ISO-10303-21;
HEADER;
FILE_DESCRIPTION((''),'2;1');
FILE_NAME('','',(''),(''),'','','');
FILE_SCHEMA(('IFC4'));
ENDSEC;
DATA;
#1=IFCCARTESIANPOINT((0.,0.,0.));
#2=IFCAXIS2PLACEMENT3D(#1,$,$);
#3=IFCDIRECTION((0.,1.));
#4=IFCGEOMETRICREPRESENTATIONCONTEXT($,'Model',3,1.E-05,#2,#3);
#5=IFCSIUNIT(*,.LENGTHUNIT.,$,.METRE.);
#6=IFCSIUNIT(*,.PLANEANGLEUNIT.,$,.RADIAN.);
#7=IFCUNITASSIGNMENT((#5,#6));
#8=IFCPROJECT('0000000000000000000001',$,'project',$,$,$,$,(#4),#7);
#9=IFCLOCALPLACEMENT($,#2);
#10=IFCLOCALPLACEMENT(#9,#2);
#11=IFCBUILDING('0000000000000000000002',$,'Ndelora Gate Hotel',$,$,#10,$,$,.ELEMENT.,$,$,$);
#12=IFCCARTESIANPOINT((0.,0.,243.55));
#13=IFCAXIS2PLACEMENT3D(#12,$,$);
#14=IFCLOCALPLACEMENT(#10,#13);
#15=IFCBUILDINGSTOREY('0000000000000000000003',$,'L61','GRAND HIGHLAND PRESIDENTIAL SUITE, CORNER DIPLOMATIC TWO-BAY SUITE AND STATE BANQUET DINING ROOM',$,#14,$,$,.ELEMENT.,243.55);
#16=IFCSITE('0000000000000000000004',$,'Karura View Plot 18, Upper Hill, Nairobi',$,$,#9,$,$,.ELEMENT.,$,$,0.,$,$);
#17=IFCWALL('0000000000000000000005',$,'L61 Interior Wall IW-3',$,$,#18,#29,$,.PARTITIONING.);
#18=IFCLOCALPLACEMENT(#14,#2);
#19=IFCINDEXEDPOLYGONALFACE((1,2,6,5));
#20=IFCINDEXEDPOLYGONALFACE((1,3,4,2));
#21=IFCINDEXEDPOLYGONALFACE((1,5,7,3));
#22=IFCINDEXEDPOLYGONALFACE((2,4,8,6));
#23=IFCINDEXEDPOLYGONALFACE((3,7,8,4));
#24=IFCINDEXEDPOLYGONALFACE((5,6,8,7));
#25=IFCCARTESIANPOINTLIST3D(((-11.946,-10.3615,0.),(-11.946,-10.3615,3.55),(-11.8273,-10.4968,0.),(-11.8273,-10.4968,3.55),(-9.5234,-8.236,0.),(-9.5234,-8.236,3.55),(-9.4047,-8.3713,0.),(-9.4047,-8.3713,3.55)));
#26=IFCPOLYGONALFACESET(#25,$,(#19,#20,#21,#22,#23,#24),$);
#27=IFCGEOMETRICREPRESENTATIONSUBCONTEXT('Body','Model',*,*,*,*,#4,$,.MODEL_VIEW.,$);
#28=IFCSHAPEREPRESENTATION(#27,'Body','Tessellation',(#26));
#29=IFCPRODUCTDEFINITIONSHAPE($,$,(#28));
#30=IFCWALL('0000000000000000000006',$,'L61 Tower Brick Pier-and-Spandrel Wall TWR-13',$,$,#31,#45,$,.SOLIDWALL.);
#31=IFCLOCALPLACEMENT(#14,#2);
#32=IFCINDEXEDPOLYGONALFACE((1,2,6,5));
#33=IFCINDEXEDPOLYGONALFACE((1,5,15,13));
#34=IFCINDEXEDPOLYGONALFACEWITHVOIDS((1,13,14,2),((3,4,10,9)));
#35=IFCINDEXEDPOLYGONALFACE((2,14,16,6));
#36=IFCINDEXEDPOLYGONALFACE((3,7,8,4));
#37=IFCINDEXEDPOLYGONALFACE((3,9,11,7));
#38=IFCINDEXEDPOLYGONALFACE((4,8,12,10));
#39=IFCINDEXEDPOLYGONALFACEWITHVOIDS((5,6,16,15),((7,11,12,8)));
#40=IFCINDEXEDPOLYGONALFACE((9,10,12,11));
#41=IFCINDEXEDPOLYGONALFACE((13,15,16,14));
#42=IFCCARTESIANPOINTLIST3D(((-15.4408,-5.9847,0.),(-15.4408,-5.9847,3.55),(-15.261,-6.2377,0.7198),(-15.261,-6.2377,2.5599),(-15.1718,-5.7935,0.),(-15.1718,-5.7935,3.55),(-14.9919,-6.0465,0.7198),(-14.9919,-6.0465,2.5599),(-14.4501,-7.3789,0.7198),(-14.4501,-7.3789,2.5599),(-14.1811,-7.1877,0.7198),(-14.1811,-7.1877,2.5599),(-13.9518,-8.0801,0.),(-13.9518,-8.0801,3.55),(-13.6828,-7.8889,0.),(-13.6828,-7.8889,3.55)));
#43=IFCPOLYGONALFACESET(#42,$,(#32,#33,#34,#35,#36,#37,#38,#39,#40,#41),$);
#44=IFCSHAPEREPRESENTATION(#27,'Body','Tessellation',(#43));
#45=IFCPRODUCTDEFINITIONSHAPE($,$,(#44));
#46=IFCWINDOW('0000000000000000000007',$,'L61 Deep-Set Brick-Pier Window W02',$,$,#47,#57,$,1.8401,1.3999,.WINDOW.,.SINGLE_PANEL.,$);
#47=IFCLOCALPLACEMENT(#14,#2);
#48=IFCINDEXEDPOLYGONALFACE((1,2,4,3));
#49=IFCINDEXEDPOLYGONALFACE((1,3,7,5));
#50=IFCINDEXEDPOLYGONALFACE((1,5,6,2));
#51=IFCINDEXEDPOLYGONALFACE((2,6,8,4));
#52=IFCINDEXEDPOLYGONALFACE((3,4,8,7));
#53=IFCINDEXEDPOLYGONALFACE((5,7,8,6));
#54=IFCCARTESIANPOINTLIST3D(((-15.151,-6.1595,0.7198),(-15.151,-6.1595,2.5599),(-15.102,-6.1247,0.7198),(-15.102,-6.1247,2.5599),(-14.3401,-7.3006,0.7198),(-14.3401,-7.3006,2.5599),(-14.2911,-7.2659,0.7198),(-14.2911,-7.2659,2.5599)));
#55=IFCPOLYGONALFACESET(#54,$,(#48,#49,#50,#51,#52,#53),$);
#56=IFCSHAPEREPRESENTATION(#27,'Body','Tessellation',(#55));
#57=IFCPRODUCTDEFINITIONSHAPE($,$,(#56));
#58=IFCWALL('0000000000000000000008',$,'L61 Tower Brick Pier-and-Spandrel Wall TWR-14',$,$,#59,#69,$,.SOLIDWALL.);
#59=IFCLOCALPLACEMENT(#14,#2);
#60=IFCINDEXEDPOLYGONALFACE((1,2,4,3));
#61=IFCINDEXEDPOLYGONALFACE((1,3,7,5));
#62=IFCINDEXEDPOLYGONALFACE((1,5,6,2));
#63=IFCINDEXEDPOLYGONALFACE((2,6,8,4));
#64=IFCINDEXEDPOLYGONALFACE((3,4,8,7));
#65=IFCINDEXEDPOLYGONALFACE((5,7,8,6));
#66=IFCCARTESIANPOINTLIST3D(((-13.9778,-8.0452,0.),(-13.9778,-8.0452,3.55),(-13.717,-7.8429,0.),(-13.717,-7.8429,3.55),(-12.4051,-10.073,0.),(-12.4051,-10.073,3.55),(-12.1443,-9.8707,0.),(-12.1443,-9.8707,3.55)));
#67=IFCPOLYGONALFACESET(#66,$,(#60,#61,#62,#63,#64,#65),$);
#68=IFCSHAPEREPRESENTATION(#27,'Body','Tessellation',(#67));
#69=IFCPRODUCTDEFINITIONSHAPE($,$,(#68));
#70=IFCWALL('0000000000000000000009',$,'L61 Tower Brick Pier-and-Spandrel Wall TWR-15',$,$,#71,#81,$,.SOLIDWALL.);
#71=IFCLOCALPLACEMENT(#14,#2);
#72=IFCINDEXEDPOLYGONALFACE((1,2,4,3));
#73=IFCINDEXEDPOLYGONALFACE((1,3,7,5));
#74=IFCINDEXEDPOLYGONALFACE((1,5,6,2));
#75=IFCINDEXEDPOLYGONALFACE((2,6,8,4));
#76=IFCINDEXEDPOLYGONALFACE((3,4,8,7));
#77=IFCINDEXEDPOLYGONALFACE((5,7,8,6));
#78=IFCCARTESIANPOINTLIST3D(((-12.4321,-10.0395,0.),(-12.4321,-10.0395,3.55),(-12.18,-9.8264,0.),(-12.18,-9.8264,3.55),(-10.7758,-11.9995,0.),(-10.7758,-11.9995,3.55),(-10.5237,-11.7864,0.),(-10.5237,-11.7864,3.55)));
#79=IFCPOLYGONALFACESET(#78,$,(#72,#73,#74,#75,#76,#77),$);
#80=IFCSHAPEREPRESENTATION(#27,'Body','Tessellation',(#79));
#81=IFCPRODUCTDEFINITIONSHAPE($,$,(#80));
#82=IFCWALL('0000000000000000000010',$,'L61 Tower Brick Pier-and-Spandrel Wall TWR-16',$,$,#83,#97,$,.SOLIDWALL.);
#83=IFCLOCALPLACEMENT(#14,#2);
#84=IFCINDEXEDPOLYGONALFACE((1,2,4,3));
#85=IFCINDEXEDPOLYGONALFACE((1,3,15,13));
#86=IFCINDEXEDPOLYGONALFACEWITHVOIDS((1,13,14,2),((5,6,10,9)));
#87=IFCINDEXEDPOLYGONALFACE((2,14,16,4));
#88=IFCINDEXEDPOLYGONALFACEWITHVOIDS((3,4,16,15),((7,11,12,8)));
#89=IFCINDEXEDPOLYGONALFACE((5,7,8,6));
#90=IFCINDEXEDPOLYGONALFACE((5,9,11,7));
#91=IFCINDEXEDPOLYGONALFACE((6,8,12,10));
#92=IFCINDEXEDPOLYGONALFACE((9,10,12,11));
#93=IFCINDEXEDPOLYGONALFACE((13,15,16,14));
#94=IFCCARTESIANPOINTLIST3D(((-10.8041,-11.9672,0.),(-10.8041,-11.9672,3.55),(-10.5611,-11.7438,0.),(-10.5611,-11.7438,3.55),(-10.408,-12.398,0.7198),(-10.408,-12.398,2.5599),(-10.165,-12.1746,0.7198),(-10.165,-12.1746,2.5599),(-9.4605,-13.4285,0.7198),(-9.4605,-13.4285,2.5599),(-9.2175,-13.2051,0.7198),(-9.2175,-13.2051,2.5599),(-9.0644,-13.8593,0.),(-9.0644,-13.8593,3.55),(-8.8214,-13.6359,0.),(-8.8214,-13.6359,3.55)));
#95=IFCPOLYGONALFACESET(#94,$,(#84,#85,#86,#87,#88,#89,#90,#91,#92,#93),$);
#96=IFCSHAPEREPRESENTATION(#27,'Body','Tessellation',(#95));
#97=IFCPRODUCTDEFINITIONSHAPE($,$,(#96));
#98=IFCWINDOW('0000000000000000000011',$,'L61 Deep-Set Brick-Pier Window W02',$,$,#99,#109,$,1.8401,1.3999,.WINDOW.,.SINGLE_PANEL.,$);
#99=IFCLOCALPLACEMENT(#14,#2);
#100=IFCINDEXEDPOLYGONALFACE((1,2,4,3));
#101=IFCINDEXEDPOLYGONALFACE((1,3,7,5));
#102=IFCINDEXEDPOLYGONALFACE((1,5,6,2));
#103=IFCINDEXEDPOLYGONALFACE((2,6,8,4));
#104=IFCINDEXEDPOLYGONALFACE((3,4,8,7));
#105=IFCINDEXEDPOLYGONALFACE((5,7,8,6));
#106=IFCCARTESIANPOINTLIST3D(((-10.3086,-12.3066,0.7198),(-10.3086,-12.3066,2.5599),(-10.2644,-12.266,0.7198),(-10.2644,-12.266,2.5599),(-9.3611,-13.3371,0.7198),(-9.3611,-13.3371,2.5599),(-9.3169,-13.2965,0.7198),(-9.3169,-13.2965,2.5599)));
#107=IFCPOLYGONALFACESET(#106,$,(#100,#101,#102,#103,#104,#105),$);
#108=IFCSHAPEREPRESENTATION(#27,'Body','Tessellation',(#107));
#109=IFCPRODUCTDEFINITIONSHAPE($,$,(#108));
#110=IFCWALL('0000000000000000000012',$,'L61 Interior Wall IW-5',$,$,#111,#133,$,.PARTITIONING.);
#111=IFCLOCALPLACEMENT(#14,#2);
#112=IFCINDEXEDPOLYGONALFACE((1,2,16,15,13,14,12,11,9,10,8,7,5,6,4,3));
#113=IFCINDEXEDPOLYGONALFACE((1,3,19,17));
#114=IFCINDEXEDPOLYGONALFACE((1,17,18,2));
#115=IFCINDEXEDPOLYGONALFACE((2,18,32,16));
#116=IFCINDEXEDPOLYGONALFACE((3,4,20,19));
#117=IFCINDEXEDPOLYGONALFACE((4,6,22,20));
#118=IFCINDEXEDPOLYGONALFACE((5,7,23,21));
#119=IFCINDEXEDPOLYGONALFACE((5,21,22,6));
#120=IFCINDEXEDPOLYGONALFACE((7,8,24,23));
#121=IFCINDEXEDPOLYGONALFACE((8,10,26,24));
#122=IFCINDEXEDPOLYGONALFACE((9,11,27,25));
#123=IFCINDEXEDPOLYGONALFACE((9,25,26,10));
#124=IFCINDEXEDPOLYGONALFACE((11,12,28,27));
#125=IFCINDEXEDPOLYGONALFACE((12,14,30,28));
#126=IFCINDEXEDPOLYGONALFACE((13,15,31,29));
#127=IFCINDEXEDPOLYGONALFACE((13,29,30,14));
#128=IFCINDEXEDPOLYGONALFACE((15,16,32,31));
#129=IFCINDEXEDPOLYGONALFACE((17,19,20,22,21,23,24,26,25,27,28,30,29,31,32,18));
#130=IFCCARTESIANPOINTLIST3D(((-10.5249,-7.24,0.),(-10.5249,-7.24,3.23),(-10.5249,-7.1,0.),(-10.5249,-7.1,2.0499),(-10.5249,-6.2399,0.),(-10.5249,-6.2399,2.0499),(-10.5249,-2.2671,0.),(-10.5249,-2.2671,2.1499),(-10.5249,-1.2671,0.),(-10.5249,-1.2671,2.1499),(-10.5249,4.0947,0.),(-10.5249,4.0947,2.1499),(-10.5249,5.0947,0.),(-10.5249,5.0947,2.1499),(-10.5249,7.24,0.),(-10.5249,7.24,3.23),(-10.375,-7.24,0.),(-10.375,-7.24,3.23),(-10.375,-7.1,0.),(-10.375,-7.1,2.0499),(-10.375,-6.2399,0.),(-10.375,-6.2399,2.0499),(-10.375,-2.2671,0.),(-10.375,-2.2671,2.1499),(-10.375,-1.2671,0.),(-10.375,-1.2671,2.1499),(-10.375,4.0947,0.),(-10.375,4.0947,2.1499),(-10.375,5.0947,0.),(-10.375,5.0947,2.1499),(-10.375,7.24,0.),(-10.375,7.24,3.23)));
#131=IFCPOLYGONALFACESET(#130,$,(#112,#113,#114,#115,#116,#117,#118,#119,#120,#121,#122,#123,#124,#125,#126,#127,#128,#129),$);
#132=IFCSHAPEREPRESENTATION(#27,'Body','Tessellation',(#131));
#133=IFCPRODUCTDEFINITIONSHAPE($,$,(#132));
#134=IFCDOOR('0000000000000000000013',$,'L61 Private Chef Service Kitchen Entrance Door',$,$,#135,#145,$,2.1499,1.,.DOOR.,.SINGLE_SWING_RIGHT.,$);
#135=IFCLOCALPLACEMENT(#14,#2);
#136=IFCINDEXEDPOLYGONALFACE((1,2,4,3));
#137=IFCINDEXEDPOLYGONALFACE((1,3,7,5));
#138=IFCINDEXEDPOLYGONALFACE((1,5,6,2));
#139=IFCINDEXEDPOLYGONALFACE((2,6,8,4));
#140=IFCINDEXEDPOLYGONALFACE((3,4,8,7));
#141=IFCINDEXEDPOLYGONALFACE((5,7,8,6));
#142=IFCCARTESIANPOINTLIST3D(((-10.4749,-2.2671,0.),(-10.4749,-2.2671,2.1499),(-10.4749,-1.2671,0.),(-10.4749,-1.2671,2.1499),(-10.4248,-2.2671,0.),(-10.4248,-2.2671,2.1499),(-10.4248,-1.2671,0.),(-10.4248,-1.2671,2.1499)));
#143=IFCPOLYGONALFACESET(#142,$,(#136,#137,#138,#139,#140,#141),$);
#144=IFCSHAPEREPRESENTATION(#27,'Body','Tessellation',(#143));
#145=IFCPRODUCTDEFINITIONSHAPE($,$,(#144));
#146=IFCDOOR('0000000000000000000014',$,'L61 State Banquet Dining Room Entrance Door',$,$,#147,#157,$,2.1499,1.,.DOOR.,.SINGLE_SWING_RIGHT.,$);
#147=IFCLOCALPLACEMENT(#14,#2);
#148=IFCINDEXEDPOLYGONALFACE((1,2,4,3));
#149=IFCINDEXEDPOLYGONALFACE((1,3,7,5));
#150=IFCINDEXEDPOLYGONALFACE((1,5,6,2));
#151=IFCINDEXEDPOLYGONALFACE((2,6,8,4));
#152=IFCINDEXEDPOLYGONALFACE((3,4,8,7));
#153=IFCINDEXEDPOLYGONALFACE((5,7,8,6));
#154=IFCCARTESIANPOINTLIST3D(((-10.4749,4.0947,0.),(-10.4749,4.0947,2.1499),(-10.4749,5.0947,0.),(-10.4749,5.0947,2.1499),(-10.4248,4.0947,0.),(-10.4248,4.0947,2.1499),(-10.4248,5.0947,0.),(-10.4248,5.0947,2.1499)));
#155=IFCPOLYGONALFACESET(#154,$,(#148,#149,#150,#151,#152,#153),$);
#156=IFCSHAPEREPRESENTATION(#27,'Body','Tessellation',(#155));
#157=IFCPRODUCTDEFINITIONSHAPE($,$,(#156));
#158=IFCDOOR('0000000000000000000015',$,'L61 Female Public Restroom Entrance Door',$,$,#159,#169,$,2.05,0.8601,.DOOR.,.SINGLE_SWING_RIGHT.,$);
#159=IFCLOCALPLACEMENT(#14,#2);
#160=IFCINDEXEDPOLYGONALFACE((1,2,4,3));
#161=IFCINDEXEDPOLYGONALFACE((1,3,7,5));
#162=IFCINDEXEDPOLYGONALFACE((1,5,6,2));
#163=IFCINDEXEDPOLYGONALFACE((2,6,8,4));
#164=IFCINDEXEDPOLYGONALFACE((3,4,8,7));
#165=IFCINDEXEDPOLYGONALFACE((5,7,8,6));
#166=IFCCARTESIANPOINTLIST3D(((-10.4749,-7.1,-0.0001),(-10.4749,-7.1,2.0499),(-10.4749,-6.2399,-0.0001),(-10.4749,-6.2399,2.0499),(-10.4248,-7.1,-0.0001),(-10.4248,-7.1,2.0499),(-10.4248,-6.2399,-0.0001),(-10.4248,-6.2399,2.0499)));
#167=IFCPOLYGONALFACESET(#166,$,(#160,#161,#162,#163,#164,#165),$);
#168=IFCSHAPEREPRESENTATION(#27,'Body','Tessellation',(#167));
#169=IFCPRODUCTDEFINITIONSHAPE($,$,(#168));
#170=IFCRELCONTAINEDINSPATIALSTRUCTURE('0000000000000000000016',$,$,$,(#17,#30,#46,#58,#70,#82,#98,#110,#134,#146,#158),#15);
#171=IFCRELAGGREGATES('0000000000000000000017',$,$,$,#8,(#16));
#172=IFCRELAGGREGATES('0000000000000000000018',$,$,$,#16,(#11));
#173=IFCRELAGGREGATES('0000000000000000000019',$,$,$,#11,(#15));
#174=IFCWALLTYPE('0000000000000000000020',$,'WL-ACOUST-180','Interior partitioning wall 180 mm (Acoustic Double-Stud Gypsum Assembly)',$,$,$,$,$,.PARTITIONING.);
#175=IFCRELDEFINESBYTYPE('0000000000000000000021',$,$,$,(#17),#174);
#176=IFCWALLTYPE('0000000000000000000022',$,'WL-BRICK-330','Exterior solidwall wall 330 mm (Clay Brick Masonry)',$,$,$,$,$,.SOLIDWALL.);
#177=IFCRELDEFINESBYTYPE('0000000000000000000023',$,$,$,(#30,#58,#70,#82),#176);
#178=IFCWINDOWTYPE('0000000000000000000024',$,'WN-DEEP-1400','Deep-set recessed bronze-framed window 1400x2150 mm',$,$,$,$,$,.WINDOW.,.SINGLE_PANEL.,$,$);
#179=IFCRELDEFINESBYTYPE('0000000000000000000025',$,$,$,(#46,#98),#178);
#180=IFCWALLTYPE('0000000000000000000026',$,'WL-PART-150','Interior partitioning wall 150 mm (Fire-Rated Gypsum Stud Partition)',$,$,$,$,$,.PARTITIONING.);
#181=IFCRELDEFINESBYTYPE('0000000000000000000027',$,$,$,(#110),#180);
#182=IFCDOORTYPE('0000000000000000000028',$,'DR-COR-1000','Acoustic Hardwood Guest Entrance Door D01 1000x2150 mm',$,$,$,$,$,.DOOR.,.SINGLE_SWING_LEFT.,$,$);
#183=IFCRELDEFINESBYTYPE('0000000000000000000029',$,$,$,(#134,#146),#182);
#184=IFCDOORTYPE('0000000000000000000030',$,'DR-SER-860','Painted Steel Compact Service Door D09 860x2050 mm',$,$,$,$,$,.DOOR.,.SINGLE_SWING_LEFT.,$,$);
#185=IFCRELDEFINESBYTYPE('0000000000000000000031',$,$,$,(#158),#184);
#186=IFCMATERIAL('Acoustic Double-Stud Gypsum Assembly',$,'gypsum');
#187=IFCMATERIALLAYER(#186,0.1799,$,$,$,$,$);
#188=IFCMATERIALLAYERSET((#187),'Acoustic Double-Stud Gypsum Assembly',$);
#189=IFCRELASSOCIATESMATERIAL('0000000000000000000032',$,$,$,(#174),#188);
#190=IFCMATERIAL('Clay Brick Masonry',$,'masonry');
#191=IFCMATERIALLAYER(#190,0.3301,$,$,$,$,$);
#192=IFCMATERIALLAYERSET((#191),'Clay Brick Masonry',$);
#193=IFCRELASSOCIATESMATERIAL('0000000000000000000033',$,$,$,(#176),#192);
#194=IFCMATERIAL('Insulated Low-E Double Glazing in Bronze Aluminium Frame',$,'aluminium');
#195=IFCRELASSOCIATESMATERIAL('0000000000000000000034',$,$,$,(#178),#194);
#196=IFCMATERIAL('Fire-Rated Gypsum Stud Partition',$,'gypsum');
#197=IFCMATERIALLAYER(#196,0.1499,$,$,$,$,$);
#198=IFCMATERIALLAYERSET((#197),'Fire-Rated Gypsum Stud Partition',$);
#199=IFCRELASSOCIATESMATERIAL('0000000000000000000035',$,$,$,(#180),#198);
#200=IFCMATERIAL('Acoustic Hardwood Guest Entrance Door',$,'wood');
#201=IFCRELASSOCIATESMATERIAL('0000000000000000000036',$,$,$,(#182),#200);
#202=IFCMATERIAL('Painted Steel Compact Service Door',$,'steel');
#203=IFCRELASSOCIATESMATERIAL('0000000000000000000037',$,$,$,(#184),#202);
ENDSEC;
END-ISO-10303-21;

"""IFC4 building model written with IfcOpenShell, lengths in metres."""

from ifc_helpers import new_model, si_unit, direction, frame, frame_2d, origin, place, context, subcontext, project, spatial, rectangle, extrude, material, layer, layer_set, type_object, element, fill, save


model = new_model("IFC4")

# Units and contexts
model_context = context("Model", 3, precision=1e-05, world=origin(), true_north=direction((0.0, 1.0)))
body_context = subcontext(model_context, "Body", "Model", "MODEL_VIEW")
ifc_project = project(units=[si_unit("LENGTHUNIT", "METRE"), si_unit("PLANEANGLEUNIT", "RADIAN")], contexts=[model_context])

# Site, building, storey
site_placement = place(None, origin())
site = spatial("IfcSite", under=ifc_project, at=site_placement, Name="Karura View Plot 18, Upper Hill, Nairobi", CompositionType="ELEMENT", RefElevation=0.0)
building_placement = place(site_placement, origin())
building = spatial("IfcBuilding", under=site, at=building_placement, Name="Ndelora Gate Hotel", CompositionType="ELEMENT")
storey_placement = place(building_placement, frame((0.0, 0.0, 243.55)))
storey = spatial("IfcBuildingStorey", under=building, at=storey_placement, Name="L61", Description="GRAND HIGHLAND PRESIDENTIAL SUITE, CORNER DIPLOMATIC TWO-BAY SUITE AND STATE BANQUET DINING ROOM", CompositionType="ELEMENT", Elevation=243.55)

# Wall
ifc_material_1 = material(Name="Acoustic Double-Stud Gypsum Assembly", Category="gypsum")
ifc_layer_1 = layer(ifc_material_1, 0.1799)
ifc_layer_set_1 = layer_set([ifc_layer_1], Name="Acoustic Double-Stud Gypsum Assembly")
wall_type_1 = type_object("IfcWallType", Name="WL-ACOUST-180", Description="Interior partitioning wall 180 mm (Acoustic Double-Stud Gypsum Assembly)", PredefinedType="PARTITIONING", material=ifc_layer_set_1)
wall_1_placement = place(storey_placement, frame((-9.4641, -8.3037, 0.0), z_axis=(0.0, 0.0, 1.0), x_axis=(-0.751698, -0.659507, 0.0)))
element("IfcWall", 1, at=wall_1_placement, inside=storey, type_object=wall_type_1, Name="L61 Interior Wall IW-3", PredefinedType="PARTITIONING", context=body_context, shape_type="SweptSolid", body=[
    extrude(rectangle(XDim=3.2229, YDim=0.1799, at=frame_2d((1.6113, 0.0))), origin(), (0.0, 0.0, 1.0), 3.55),
])

# Wall, opening, window
ifc_material_2 = material(Name="Clay Brick Masonry", Category="masonry")
ifc_layer_2 = layer(ifc_material_2, 0.3301)
ifc_layer_set_2 = layer_set([ifc_layer_2], Name="Clay Brick Masonry")
wall_type_2 = type_object("IfcWallType", Name="WL-BRICK-330", Description="Exterior solidwall wall 330 mm (Clay Brick Masonry)", PredefinedType="SOLIDWALL", material=ifc_layer_set_2)
wall_2_placement = place(storey_placement, frame((-13.8174, -7.9844, 0.0), z_axis=(0.0, 0.0, 1.0), x_axis=(-0.579242, 0.815156, 0.0)))
wall_2 = element("IfcWall", 2, at=wall_2_placement, inside=storey, type_object=wall_type_2, Name="L61 Tower Brick Pier-and-Spandrel Wall TWR-13", PredefinedType="SOLIDWALL", context=body_context, shape_type="SweptSolid", body=[
    extrude(rectangle(XDim=2.5706, YDim=0.3301, at=frame_2d((1.2852, 0.0))), origin(), (0.0, 0.0, 1.0), 3.55),
])
opening_1_placement = place(wall_2_placement, frame((0.8601, 0.0, 0.72)))
opening_1 = element("IfcOpeningElement", 3, at=opening_1_placement, cuts=wall_2, PredefinedType="OPENING", context=body_context, shape_type="SweptSolid", body=[
    extrude(rectangle(XDim=1.3999, YDim=1.8401, at=frame_2d((0.7, 0.9199))), frame((0.0, 0.175, 0.0), z_axis=(0.0, -1.0, 0.0), x_axis=(1.0, 0.0, 0.0)), (0.0, 0.0, 1.0), 0.3501),
])
ifc_material_3 = material(Name="Insulated Low-E Double Glazing in Bronze Aluminium Frame", Category="aluminium")
window_type = type_object("IfcWindowType", Name="WN-DEEP-1400", Description="Deep-set recessed bronze-framed window 1400x2150 mm", PartitioningType="SINGLE_PANEL", PredefinedType="WINDOW", material=ifc_material_3)
window_1_placement = place(opening_1_placement, origin())
window_1 = element("IfcWindow", 4, at=window_1_placement, inside=storey, type_object=window_type, Name="L61 Deep-Set Brick-Pier Window W02", OverallHeight=1.8401, OverallWidth=1.3999, PartitioningType="SINGLE_PANEL", PredefinedType="WINDOW", context=body_context, shape_type="SweptSolid", body=[
    extrude(rectangle(XDim=1.3999, YDim=1.8401, at=frame_2d((0.7, 0.9199))), frame((0.0, 0.03, 0.0), z_axis=(0.0, -1.0, 0.0), x_axis=(1.0, 0.0, 0.0)), (0.0, 0.0, 1.0), 0.0601),
])
fill(opening_1, window_1)

# Walls
for number, where, z_axis, x_axis, name in (
    (5, (-12.2747, -9.9719, 0.0), (0.0, 0.0, 1.0), (-0.61286, 0.790192, 0.0), "L61 Tower Brick Pier-and-Spandrel Wall TWR-14"),
    (6, (-10.6497, -11.8931, 0.0), (0.0, 0.0, 1.0), (-0.645447, 0.763805, 0.0), "L61 Tower Brick Pier-and-Spandrel Wall TWR-15"),
):
    element("IfcWall", number, at=place(storey_placement, frame(where, z_axis=z_axis, x_axis=x_axis)), inside=storey, type_object=wall_type_2, Name=name, PredefinedType="SOLIDWALL", context=body_context, shape_type="SweptSolid", body=[
        extrude(rectangle(XDim=2.5662, YDim=0.3301, at=frame_2d((1.2832, 0.0))), origin(), (0.0, 0.0, 1.0), 3.55),
    ])

# Wall, opening, window
wall_3_placement = place(storey_placement, frame((-8.9429, -13.7476, 0.0), z_axis=(0.0, 0.0, 1.0), x_axis=(-0.676851, 0.73612, 0.0)))
wall_3 = element("IfcWall", 7, at=wall_3_placement, inside=storey, type_object=wall_type_2, Name="L61 Tower Brick Pier-and-Spandrel Wall TWR-16", PredefinedType="SOLIDWALL", context=body_context, shape_type="SweptSolid", body=[
    extrude(rectangle(XDim=2.5703, YDim=0.3301, at=frame_2d((1.2852, 0.0))), origin(), (0.0, 0.0, 1.0), 3.55),
])
opening_2_placement = place(wall_3_placement, frame((0.5852, 0.0, 0.72)))
opening_2 = element("IfcOpeningElement", 8, at=opening_2_placement, cuts=wall_3, PredefinedType="OPENING", context=body_context, shape_type="SweptSolid", body=[
    extrude(rectangle(XDim=1.3999, YDim=1.8401, at=frame_2d((0.7, 0.9199))), frame((0.0, 0.175, 0.0), z_axis=(0.0, -1.0, 0.0), x_axis=(1.0, 0.0, 0.0)), (0.0, 0.0, 1.0), 0.3501),
])
window_2_placement = place(opening_2_placement, origin())
window_2 = element("IfcWindow", 9, at=window_2_placement, inside=storey, type_object=window_type, Name="L61 Deep-Set Brick-Pier Window W02", OverallHeight=1.8401, OverallWidth=1.3999, PartitioningType="SINGLE_PANEL", PredefinedType="WINDOW", context=body_context, shape_type="SweptSolid", body=[
    extrude(rectangle(XDim=1.3999, YDim=1.8401, at=frame_2d((0.7, 0.9199))), frame((0.0, 0.03, 0.0), z_axis=(0.0, -1.0, 0.0), x_axis=(1.0, 0.0, 0.0)), (0.0, 0.0, 1.0), 0.0601),
])
fill(opening_2, window_2)

# Wall, openings, doors
ifc_material_4 = material(Name="Fire-Rated Gypsum Stud Partition", Category="gypsum")
ifc_layer_3 = layer(ifc_material_4, 0.1499)
ifc_layer_set_3 = layer_set([ifc_layer_3], Name="Fire-Rated Gypsum Stud Partition")
wall_type_3 = type_object("IfcWallType", Name="WL-PART-150", Description="Interior partitioning wall 150 mm (Fire-Rated Gypsum Stud Partition)", PredefinedType="PARTITIONING", material=ifc_layer_set_3)
wall_4_placement = place(storey_placement, frame((-10.45, -7.24, 0.0), z_axis=(0.0, 0.0, 1.0), x_axis=(0.0, 1.0, 0.0)))
wall_4 = element("IfcWall", 10, at=wall_4_placement, inside=storey, type_object=wall_type_3, Name="L61 Interior Wall IW-5", PredefinedType="PARTITIONING", context=body_context, shape_type="SweptSolid", body=[
    extrude(rectangle(XDim=14.48, YDim=0.1499, at=frame_2d((7.24, 0.0))), origin(), (0.0, 0.0, 1.0), 3.23),
])
opening_3_placement = place(wall_4_placement, frame((0.1399, 0.0, 0.0)))
opening_3 = element("IfcOpeningElement", 11, at=opening_3_placement, cuts=wall_4, PredefinedType="OPENING", context=body_context, shape_type="SweptSolid", body=[
    extrude(rectangle(XDim=0.8601, YDim=2.05, at=frame_2d((0.4302, 1.0249))), frame((0.0, 0.085, 0.0), z_axis=(0.0, -1.0, 0.0), x_axis=(1.0, 0.0, 0.0)), (0.0, 0.0, 1.0), 0.1699),
])
opening_4_placement = place(wall_4_placement, frame((4.9729, 0.0, 0.0)))
opening_4 = element("IfcOpeningElement", 12, at=opening_4_placement, cuts=wall_4, PredefinedType="OPENING", context=body_context, shape_type="SweptSolid", body=[
    extrude(rectangle(XDim=1.0, YDim=2.1499, at=frame_2d((0.5, 1.075))), frame((0.0, 0.085, 0.0), z_axis=(0.0, -1.0, 0.0), x_axis=(1.0, 0.0, 0.0)), (0.0, 0.0, 1.0), 0.1699),
])
opening_5_placement = place(wall_4_placement, frame((11.3347, 0.0, 0.0)))
opening_5 = element("IfcOpeningElement", 13, at=opening_5_placement, cuts=wall_4, PredefinedType="OPENING", context=body_context, shape_type="SweptSolid", body=[
    extrude(rectangle(XDim=1.0, YDim=2.1499, at=frame_2d((0.5, 1.075))), frame((0.0, 0.085, 0.0), z_axis=(0.0, -1.0, 0.0), x_axis=(1.0, 0.0, 0.0)), (0.0, 0.0, 1.0), 0.1699),
])
ifc_material_5 = material(Name="Acoustic Hardwood Guest Entrance Door", Category="wood")
door_type_1 = type_object("IfcDoorType", Name="DR-COR-1000", Description="Acoustic Hardwood Guest Entrance Door D01 1000x2150 mm", OperationType="SINGLE_SWING_LEFT", PredefinedType="DOOR", material=ifc_material_5)
door_1_placement = place(opening_4_placement, origin())
door_1 = element("IfcDoor", 14, at=door_1_placement, inside=storey, type_object=door_type_1, Name="L61 Private Chef Service Kitchen Entrance Door", OperationType="SINGLE_SWING_RIGHT", OverallHeight=2.1499, OverallWidth=1.0, PredefinedType="DOOR", context=body_context, shape_type="SweptSolid", body=[
    extrude(rectangle(XDim=1.0, YDim=2.1499, at=frame_2d((0.5, 1.075))), frame((0.0, 0.0249, 0.0), z_axis=(0.0, -1.0, 0.0), x_axis=(1.0, 0.0, 0.0)), (0.0, 0.0, 1.0), 0.05),
])
fill(opening_4, door_1)
door_2_placement = place(opening_5_placement, origin())
door_2 = element("IfcDoor", 15, at=door_2_placement, inside=storey, type_object=door_type_1, Name="L61 State Banquet Dining Room Entrance Door", OperationType="SINGLE_SWING_RIGHT", OverallHeight=2.1499, OverallWidth=1.0, PredefinedType="DOOR", context=body_context, shape_type="SweptSolid", body=[
    extrude(rectangle(XDim=1.0, YDim=2.1499, at=frame_2d((0.5, 1.075))), frame((0.0, 0.0249, 0.0), z_axis=(0.0, -1.0, 0.0), x_axis=(1.0, 0.0, 0.0)), (0.0, 0.0, 1.0), 0.05),
])
fill(opening_5, door_2)
ifc_material_6 = material(Name="Painted Steel Compact Service Door", Category="steel")
door_type_2 = type_object("IfcDoorType", Name="DR-SER-860", Description="Painted Steel Compact Service Door D09 860x2050 mm", OperationType="SINGLE_SWING_LEFT", PredefinedType="DOOR", material=ifc_material_6)
door_3_placement = place(opening_3_placement, origin())
door_3 = element("IfcDoor", 16, at=door_3_placement, inside=storey, type_object=door_type_2, Name="L61 Female Public Restroom Entrance Door", OperationType="SINGLE_SWING_RIGHT", OverallHeight=2.05, OverallWidth=0.8601, PredefinedType="DOOR", context=body_context, shape_type="SweptSolid", body=[
    extrude(rectangle(XDim=0.8601, YDim=2.05, at=frame_2d((0.4302, 1.0249))), frame((0.0, 0.0249, 0.0), z_axis=(0.0, -1.0, 0.0), x_axis=(1.0, 0.0, 0.0)), (0.0, 0.0, 1.0), 0.05),
])
fill(opening_3, door_3)

save(model, "model.ifc")
